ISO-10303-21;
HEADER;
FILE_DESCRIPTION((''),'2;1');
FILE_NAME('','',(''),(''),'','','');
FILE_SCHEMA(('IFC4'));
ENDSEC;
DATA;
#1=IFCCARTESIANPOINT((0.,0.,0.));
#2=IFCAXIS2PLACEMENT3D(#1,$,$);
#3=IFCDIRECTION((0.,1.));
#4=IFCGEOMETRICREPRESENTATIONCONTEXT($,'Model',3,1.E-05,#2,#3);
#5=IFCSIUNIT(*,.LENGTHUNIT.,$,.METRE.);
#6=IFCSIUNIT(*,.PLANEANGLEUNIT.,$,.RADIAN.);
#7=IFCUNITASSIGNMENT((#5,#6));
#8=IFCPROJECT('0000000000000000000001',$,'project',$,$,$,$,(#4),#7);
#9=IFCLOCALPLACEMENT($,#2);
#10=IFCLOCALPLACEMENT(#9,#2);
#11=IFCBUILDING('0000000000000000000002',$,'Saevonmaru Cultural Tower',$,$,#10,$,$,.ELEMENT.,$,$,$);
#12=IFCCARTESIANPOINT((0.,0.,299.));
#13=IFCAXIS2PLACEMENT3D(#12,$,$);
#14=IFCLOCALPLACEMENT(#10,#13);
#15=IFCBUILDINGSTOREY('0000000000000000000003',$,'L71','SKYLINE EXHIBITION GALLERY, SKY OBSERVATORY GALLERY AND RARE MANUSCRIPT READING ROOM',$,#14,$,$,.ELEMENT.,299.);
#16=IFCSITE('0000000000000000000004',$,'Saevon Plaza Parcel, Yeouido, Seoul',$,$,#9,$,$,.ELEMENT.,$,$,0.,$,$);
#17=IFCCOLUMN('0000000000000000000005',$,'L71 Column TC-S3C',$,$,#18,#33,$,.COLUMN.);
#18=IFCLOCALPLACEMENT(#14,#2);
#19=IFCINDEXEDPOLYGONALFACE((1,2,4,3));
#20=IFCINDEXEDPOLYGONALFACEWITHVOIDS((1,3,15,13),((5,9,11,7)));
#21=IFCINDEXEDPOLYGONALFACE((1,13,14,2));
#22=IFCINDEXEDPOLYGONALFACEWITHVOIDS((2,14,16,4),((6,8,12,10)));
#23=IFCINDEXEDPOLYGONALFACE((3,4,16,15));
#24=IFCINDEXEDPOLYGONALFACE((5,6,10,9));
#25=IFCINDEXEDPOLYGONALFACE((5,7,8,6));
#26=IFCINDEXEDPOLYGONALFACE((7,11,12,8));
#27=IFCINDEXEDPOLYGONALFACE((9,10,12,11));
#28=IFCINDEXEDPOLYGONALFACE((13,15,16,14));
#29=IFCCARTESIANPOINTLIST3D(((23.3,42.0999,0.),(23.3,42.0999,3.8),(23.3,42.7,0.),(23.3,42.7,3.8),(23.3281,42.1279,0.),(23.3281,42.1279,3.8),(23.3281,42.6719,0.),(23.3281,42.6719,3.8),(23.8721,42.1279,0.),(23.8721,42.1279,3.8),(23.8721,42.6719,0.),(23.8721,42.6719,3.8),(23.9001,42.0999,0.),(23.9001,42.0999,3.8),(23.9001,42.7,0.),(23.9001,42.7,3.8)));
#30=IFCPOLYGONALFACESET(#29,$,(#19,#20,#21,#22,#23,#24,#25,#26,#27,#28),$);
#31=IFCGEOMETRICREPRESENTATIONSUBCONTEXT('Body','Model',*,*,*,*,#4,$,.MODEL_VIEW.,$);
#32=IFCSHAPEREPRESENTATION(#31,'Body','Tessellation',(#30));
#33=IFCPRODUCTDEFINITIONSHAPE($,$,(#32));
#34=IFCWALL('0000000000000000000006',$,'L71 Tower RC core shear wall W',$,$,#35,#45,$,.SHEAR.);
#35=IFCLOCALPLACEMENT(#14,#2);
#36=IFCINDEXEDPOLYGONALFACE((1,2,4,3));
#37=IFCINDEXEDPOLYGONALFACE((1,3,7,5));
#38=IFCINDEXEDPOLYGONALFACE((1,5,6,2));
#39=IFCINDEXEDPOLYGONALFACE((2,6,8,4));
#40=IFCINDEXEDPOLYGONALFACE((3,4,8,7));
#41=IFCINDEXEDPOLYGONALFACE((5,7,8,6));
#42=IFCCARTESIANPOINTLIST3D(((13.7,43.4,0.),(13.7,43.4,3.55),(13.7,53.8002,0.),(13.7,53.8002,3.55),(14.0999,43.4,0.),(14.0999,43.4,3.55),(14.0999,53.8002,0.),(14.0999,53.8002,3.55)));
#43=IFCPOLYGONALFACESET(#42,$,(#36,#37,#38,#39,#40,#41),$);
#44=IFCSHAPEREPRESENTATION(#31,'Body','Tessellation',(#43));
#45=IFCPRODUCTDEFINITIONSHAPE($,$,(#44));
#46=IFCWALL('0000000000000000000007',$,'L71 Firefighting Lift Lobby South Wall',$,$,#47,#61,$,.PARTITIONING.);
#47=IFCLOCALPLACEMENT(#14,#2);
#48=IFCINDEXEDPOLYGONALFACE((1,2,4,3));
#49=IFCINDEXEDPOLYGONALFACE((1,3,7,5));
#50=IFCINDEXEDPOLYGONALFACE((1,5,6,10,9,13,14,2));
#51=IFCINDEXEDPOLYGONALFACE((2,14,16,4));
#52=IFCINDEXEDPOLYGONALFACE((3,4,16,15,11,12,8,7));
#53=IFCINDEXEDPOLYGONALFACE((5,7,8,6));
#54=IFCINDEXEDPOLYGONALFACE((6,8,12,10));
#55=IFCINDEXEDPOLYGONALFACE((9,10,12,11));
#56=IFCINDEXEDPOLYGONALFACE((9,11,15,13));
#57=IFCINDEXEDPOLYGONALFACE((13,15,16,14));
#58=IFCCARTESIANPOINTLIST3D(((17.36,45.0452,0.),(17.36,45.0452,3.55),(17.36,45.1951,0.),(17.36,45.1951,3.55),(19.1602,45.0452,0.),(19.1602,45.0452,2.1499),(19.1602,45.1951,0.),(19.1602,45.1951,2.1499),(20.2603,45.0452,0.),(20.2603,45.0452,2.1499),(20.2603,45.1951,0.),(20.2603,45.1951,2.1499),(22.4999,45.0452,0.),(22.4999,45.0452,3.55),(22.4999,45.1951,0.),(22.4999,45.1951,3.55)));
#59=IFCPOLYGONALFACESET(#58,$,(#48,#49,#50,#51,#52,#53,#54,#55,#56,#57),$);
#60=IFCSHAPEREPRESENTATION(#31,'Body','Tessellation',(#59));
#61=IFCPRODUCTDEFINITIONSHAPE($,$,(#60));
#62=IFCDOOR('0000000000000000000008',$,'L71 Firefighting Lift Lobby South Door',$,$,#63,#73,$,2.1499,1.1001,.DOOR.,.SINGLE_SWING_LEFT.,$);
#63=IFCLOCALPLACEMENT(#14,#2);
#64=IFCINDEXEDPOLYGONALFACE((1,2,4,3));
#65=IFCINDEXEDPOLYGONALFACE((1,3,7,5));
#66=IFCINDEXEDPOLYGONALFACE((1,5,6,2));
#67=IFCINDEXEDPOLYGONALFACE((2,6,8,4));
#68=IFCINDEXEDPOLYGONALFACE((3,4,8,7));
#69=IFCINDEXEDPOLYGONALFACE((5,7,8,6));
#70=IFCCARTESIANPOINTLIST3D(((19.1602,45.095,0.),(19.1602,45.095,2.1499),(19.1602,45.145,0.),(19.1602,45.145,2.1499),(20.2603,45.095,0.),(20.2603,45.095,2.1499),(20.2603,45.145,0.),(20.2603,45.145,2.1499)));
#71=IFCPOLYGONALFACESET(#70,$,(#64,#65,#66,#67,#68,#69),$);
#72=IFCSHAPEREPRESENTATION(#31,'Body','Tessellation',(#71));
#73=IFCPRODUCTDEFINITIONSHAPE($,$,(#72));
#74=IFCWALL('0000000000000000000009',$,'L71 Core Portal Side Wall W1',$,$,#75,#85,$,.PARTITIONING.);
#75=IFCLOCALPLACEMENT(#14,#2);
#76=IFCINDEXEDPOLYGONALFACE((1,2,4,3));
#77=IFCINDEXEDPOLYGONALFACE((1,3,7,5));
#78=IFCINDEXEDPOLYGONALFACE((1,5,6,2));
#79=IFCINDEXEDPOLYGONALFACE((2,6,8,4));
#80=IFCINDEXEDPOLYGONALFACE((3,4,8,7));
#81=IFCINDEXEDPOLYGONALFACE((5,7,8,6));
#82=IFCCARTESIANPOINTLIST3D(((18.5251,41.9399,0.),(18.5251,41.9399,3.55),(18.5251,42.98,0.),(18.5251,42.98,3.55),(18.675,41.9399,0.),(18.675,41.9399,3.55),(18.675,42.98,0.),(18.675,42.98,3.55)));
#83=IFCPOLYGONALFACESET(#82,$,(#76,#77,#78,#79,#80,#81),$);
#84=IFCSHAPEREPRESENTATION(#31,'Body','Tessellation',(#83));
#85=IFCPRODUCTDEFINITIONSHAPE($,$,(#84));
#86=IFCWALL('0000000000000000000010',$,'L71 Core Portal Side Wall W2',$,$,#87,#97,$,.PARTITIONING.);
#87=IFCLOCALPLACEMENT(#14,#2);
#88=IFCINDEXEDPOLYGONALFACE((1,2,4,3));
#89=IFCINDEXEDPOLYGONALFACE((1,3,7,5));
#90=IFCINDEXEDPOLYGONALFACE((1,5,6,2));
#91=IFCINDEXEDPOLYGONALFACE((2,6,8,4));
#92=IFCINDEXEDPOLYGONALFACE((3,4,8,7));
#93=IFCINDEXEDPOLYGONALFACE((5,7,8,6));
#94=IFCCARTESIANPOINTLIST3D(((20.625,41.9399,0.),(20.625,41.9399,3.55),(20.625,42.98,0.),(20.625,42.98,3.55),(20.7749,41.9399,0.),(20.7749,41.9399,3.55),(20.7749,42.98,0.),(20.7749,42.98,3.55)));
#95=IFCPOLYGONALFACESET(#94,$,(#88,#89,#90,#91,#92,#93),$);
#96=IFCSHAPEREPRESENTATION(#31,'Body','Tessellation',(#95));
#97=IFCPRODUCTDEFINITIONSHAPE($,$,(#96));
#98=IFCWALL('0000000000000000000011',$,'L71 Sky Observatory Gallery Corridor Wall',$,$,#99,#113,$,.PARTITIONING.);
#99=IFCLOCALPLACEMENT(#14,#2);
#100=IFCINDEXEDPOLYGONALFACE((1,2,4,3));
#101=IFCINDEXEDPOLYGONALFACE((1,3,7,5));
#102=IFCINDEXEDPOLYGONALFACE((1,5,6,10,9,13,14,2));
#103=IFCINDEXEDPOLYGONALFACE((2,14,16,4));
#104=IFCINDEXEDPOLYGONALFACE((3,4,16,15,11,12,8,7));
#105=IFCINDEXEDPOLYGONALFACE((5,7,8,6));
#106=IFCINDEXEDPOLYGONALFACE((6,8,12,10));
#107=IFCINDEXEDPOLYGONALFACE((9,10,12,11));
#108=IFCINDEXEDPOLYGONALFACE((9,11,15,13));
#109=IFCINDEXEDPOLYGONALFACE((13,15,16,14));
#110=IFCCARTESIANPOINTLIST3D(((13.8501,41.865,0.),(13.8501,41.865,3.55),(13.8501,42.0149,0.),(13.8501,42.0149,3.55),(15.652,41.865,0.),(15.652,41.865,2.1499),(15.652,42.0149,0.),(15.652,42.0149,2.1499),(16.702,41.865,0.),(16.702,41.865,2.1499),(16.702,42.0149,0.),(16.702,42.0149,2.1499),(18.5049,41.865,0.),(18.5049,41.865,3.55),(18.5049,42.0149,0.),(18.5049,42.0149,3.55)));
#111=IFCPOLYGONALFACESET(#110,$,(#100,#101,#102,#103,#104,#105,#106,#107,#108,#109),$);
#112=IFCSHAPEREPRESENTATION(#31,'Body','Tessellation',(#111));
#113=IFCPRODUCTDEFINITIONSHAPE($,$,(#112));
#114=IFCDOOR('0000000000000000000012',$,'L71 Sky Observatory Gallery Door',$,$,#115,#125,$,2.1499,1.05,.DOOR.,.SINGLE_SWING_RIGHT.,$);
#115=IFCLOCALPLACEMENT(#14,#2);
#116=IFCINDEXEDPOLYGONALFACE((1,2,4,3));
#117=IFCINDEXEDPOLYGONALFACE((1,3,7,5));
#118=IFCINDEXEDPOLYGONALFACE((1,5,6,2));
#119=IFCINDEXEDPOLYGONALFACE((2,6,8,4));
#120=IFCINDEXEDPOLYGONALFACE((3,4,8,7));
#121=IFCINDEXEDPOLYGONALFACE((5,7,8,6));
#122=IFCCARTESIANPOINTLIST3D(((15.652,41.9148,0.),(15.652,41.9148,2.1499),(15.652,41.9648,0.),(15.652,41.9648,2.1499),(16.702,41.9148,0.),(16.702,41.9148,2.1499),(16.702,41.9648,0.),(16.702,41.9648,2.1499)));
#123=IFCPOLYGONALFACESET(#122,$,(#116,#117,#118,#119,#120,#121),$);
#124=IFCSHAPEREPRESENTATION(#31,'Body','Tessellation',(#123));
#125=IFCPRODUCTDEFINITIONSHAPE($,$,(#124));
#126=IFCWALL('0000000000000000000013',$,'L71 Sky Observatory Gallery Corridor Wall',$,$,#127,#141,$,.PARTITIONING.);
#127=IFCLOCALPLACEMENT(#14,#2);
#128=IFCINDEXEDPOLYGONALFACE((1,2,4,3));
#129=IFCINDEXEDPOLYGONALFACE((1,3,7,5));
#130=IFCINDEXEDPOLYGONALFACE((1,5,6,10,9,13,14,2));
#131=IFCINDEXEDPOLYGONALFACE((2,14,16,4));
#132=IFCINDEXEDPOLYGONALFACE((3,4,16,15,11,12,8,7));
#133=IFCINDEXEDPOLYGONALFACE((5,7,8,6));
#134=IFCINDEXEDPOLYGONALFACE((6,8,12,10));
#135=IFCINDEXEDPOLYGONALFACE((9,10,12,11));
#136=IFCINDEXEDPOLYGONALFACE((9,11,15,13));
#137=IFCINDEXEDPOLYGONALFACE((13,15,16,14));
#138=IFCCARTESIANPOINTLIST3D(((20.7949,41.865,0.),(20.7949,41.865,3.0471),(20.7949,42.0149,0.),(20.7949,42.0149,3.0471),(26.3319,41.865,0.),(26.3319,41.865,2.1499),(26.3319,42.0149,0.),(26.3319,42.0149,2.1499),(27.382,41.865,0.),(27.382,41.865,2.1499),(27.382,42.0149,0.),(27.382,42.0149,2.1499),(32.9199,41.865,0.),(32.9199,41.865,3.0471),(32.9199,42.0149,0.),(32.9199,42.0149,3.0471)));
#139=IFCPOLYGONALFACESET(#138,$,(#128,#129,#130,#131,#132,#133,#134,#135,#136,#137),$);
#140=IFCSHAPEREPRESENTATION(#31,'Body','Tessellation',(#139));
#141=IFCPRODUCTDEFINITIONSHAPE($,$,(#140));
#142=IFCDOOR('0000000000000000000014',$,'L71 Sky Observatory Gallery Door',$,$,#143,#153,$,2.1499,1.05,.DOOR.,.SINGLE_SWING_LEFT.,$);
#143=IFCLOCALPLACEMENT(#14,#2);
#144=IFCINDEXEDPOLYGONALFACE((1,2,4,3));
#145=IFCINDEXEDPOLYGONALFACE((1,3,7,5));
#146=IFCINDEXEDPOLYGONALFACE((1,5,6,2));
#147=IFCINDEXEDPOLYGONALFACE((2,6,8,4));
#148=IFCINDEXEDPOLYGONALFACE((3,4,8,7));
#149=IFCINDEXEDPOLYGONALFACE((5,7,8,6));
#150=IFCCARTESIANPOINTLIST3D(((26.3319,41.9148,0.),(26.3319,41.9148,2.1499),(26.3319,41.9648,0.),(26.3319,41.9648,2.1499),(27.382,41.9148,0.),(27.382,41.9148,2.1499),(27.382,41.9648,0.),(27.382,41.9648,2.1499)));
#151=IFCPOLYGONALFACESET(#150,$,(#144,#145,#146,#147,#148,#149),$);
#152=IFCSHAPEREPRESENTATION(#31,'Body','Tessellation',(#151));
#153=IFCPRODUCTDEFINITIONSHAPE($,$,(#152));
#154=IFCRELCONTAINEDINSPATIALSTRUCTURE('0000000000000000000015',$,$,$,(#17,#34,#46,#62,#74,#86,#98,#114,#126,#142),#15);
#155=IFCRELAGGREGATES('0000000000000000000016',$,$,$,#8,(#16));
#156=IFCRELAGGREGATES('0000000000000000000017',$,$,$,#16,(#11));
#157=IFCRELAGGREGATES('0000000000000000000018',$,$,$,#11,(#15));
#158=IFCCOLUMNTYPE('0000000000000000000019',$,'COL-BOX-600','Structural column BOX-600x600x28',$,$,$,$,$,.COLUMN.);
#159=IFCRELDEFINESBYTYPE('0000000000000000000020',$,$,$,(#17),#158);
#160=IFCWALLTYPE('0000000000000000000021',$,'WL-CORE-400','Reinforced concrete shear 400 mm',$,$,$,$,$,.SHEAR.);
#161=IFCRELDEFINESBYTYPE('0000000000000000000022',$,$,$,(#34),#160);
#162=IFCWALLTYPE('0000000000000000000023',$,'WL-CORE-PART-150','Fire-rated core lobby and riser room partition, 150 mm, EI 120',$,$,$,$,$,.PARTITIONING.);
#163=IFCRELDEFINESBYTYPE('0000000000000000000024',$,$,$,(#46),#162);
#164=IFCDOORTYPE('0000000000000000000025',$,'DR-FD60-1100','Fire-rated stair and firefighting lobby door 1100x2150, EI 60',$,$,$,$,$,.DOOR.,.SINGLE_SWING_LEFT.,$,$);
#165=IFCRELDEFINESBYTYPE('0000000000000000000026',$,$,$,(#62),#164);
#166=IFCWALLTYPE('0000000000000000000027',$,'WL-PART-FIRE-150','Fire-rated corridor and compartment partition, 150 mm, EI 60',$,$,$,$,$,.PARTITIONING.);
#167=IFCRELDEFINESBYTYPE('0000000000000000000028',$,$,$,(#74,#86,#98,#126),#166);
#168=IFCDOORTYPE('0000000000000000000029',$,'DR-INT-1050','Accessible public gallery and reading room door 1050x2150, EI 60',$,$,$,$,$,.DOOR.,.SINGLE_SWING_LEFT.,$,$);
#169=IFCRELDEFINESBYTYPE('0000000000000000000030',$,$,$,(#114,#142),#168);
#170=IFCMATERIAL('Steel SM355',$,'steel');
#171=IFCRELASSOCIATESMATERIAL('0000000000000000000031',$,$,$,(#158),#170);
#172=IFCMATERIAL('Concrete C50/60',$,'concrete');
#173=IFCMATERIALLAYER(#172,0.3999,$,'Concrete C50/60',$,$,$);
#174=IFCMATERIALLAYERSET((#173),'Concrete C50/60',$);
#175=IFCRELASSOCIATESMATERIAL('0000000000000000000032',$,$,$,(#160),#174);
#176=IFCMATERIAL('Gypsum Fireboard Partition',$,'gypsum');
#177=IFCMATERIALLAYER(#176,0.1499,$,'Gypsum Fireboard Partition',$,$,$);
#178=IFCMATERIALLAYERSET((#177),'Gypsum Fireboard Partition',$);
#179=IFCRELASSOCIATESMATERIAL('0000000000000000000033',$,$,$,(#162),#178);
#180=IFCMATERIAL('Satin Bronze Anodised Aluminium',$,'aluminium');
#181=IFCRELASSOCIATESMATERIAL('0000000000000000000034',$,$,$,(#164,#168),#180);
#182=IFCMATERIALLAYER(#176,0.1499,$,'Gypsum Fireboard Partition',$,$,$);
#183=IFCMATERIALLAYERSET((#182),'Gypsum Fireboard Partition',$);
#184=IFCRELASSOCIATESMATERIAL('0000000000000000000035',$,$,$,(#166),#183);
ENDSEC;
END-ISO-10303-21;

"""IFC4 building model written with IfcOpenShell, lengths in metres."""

from ifc_helpers import new_model, si_unit, direction, frame, frame_2d, origin, origin_2d, place, context, subcontext, project, spatial, rectangle, hollow_rectangle, extrude, material, layer, layer_set, material_profile, profile_set, type_object, element, fill, save


model = new_model("IFC4")

# Units and contexts
model_context = context("Model", 3, precision=1e-05, world=origin(), true_north=direction((0.0, 1.0)))
body_context = subcontext(model_context, "Body", "Model", "MODEL_VIEW")
ifc_project = project(units=[si_unit("LENGTHUNIT", "METRE"), si_unit("PLANEANGLEUNIT", "RADIAN")], contexts=[model_context])

# Site, building, storey
site_placement = place(None, origin())
site = spatial("IfcSite", under=ifc_project, at=site_placement, Name="Saevon Plaza Parcel, Yeouido, Seoul", CompositionType="ELEMENT", RefElevation=0.0)
building_placement = place(site_placement, origin())
building = spatial("IfcBuilding", under=site, at=building_placement, Name="Saevonmaru Cultural Tower", CompositionType="ELEMENT")
storey_placement = place(building_placement, frame((0.0, 0.0, 299.0)))
storey = spatial("IfcBuildingStorey", under=building, at=storey_placement, Name="L71", Description="SKYLINE EXHIBITION GALLERY, SKY OBSERVATORY GALLERY AND RARE MANUSCRIPT READING ROOM", CompositionType="ELEMENT", Elevation=299.0)

# Column
ifc_material_1 = material(Name="Steel SM355", Category="steel")
ifc_material_profile = material_profile(ifc_material_1, hollow_rectangle(XDim=0.6001, YDim=0.6001, WallThickness=0.0281, at=origin_2d()), Name="BOX-600x600x28")
ifc_profile_set = profile_set([ifc_material_profile], Name="Steel SM355")
column_type = type_object("IfcColumnType", Name="COL-BOX-600", Description="Structural column BOX-600x600x28", PredefinedType="COLUMN", material=ifc_profile_set)
column_placement = place(storey_placement, frame((23.6001, 42.3999, 0.0), z_axis=(0.0, 0.0, 1.0), x_axis=(1.0, 0.0, 0.0)))
element("IfcColumn", 1, at=column_placement, inside=storey, type_object=column_type, Name="L71 Column TC-S3C", PredefinedType="COLUMN", context=body_context, shape_type="SweptSolid", body=[
    extrude(hollow_rectangle(XDim=0.6001, YDim=0.6001, WallThickness=0.0281, at=origin_2d()), origin(), (0.0, 0.0, 1.0), 3.8),
])

# Wall
ifc_material_2 = material(Name="Concrete C50/60", Category="concrete")
ifc_layer_1 = layer(ifc_material_2, 0.3999, Name="Concrete C50/60")
ifc_layer_set_1 = layer_set([ifc_layer_1], Name="Concrete C50/60")
wall_type_1 = type_object("IfcWallType", Name="WL-CORE-400", Description="Reinforced concrete shear 400 mm", PredefinedType="SHEAR", material=ifc_layer_set_1)
wall_1_placement = place(storey_placement, frame((13.8999, 43.3999, 0.0), z_axis=(0.0, 0.0, 1.0), x_axis=(0.0, 1.0, 0.0)))
element("IfcWall", 2, at=wall_1_placement, inside=storey, type_object=wall_type_1, Name="L71 Tower RC core shear wall W", PredefinedType="SHEAR", context=body_context, shape_type="SweptSolid", body=[
    extrude(rectangle(XDim=10.4001, YDim=0.3999, at=frame_2d((5.2002, 0.0))), origin(), (0.0, 0.0, 1.0), 3.55),
])

# Wall, opening, door
ifc_material_3 = material(Name="Gypsum Fireboard Partition", Category="gypsum")
ifc_layer_2 = layer(ifc_material_3, 0.1499, Name="Gypsum Fireboard Partition")
ifc_layer_set_2 = layer_set([ifc_layer_2], Name="Gypsum Fireboard Partition")
wall_type_2 = type_object("IfcWallType", Name="WL-CORE-PART-150", Description="Fire-rated core lobby and riser room partition, 150 mm, EI 120", PredefinedType="PARTITIONING", material=ifc_layer_set_2)
wall_2_placement = place(storey_placement, frame((17.3601, 45.1201, 0.0), z_axis=(0.0, 0.0, 1.0), x_axis=(1.0, 0.0, 0.0)))
wall_2 = element("IfcWall", 3, at=wall_2_placement, inside=storey, type_object=wall_type_2, Name="L71 Firefighting Lift Lobby South Wall", PredefinedType="PARTITIONING", context=body_context, shape_type="SweptSolid", body=[
    extrude(rectangle(XDim=5.1399, YDim=0.1499, at=frame_2d((2.5698, 0.0))), origin(), (0.0, 0.0, 1.0), 3.55),
])
opening_1_placement = place(wall_2_placement, frame((1.8, 0.0, 0.0)))
opening_1 = element("IfcOpeningElement", 4, at=opening_1_placement, cuts=wall_2, PredefinedType="OPENING", context=body_context, shape_type="SweptSolid", body=[
    extrude(rectangle(XDim=1.1001, YDim=2.1499, at=frame_2d((0.55, 1.075))), frame((0.0, 0.085, 0.0), z_axis=(0.0, -1.0, 0.0), x_axis=(1.0, 0.0, 0.0)), (0.0, 0.0, 1.0), 0.1699),
])
ifc_material_4 = material(Name="Satin Bronze Anodised Aluminium", Category="aluminium")
door_type_1 = type_object("IfcDoorType", Name="DR-FD60-1100", Description="Fire-rated stair and firefighting lobby door 1100x2150, EI 60", OperationType="SINGLE_SWING_LEFT", PredefinedType="DOOR", material=ifc_material_4)
door_1_placement = place(opening_1_placement, origin())
door_1 = element("IfcDoor", 5, at=door_1_placement, inside=storey, type_object=door_type_1, Name="L71 Firefighting Lift Lobby South Door", OperationType="SINGLE_SWING_LEFT", OverallHeight=2.1499, OverallWidth=1.1001, PredefinedType="DOOR", context=body_context, shape_type="SweptSolid", body=[
    extrude(rectangle(XDim=1.1001, YDim=2.1499, at=frame_2d((0.55, 1.075))), frame((0.0, 0.0249, 0.0), z_axis=(0.0, -1.0, 0.0), x_axis=(1.0, 0.0, 0.0)), (0.0, 0.0, 1.0), 0.05),
])
fill(opening_1, door_1)

# Walls
ifc_layer_3 = layer(ifc_material_3, 0.1499, Name="Gypsum Fireboard Partition")
ifc_layer_set_3 = layer_set([ifc_layer_3], Name="Gypsum Fireboard Partition")
wall_type_3 = type_object("IfcWallType", Name="WL-PART-FIRE-150", Description="Fire-rated corridor and compartment partition, 150 mm, EI 60", PredefinedType="PARTITIONING", material=ifc_layer_set_3)
for number, where, z_axis, x_axis, name in (
    (6, (18.6001, 41.9399, 0.0), (0.0, 0.0, 1.0), (0.0, 1.0, 0.0), "L71 Core Portal Side Wall W1"),
    (7, (20.7, 41.9399, 0.0), (0.0, 0.0, 1.0), (0.0, 1.0, 0.0), "L71 Core Portal Side Wall W2"),
):
    element("IfcWall", number, at=place(storey_placement, frame(where, z_axis=z_axis, x_axis=x_axis)), inside=storey, type_object=wall_type_3, Name=name, PredefinedType="PARTITIONING", context=body_context, shape_type="SweptSolid", body=[
        extrude(rectangle(XDim=1.04, YDim=0.1499, at=frame_2d((0.52, 0.0))), origin(), (0.0, 0.0, 1.0), 3.55),
    ])

# Walls, openings, doors
wall_3_placement = place(storey_placement, frame((13.8501, 41.9399, 0.0), z_axis=(0.0, 0.0, 1.0), x_axis=(1.0, 0.0, 0.0)))
wall_3 = element("IfcWall", 8, at=wall_3_placement, inside=storey, type_object=wall_type_3, Name="L71 Sky Observatory Gallery Corridor Wall", PredefinedType="PARTITIONING", context=body_context, shape_type="SweptSolid", body=[
    extrude(rectangle(XDim=4.6548, YDim=0.1499, at=frame_2d((2.3274, 0.0))), origin(), (0.0, 0.0, 1.0), 3.55),
])
opening_2_placement = place(wall_3_placement, frame((1.802, 0.0, 0.0)))
opening_2 = element("IfcOpeningElement", 9, at=opening_2_placement, cuts=wall_3, PredefinedType="OPENING", context=body_context, shape_type="SweptSolid", body=[
    extrude(rectangle(XDim=1.05, YDim=2.1499, at=frame_2d((0.5249, 1.075))), frame((0.0, 0.085, 0.0), z_axis=(0.0, -1.0, 0.0), x_axis=(1.0, 0.0, 0.0)), (0.0, 0.0, 1.0), 0.1699),
])
door_type_2 = type_object("IfcDoorType", Name="DR-INT-1050", Description="Accessible public gallery and reading room door 1050x2150, EI 60", OperationType="SINGLE_SWING_LEFT", PredefinedType="DOOR", material=ifc_material_4)
door_2_placement = place(opening_2_placement, origin())
door_2 = element("IfcDoor", 10, at=door_2_placement, inside=storey, type_object=door_type_2, Name="L71 Sky Observatory Gallery Door", OperationType="SINGLE_SWING_RIGHT", OverallHeight=2.1499, OverallWidth=1.05, PredefinedType="DOOR", context=body_context, shape_type="SweptSolid", body=[
    extrude(rectangle(XDim=1.05, YDim=2.1499, at=frame_2d((0.5249, 1.075))), frame((0.0, 0.0249, 0.0), z_axis=(0.0, -1.0, 0.0), x_axis=(1.0, 0.0, 0.0)), (0.0, 0.0, 1.0), 0.05),
])
fill(opening_2, door_2)
wall_4_placement = place(storey_placement, frame((20.7949, 41.9399, 0.0), z_axis=(0.0, 0.0, 1.0), x_axis=(1.0, 0.0, 0.0)))
wall_4 = element("IfcWall", 11, at=wall_4_placement, inside=storey, type_object=wall_type_3, Name="L71 Sky Observatory Gallery Corridor Wall", PredefinedType="PARTITIONING", context=body_context, shape_type="SweptSolid", body=[
    extrude(rectangle(XDim=12.125, YDim=0.1499, at=frame_2d((6.0625, 0.0))), origin(), (0.0, 0.0, 1.0), 3.0471),
])
opening_3_placement = place(wall_4_placement, frame((5.5371, 0.0, 0.0)))
opening_3 = element("IfcOpeningElement", 12, at=opening_3_placement, cuts=wall_4, PredefinedType="OPENING", context=body_context, shape_type="SweptSolid", body=[
    extrude(rectangle(XDim=1.05, YDim=2.1499, at=frame_2d((0.5249, 1.075))), frame((0.0, 0.085, 0.0), z_axis=(0.0, -1.0, 0.0), x_axis=(1.0, 0.0, 0.0)), (0.0, 0.0, 1.0), 0.1699),
])
door_3_placement = place(opening_3_placement, origin())
door_3 = element("IfcDoor", 13, at=door_3_placement, inside=storey, type_object=door_type_2, Name="L71 Sky Observatory Gallery Door", OperationType="SINGLE_SWING_LEFT", OverallHeight=2.1499, OverallWidth=1.05, PredefinedType="DOOR", context=body_context, shape_type="SweptSolid", body=[
    extrude(rectangle(XDim=1.05, YDim=2.1499, at=frame_2d((0.5249, 1.075))), frame((0.0, 0.0249, 0.0), z_axis=(0.0, -1.0, 0.0), x_axis=(1.0, 0.0, 0.0)), (0.0, 0.0, 1.0), 0.05),
])
fill(opening_3, door_3)

save(model, "model.ifc")
